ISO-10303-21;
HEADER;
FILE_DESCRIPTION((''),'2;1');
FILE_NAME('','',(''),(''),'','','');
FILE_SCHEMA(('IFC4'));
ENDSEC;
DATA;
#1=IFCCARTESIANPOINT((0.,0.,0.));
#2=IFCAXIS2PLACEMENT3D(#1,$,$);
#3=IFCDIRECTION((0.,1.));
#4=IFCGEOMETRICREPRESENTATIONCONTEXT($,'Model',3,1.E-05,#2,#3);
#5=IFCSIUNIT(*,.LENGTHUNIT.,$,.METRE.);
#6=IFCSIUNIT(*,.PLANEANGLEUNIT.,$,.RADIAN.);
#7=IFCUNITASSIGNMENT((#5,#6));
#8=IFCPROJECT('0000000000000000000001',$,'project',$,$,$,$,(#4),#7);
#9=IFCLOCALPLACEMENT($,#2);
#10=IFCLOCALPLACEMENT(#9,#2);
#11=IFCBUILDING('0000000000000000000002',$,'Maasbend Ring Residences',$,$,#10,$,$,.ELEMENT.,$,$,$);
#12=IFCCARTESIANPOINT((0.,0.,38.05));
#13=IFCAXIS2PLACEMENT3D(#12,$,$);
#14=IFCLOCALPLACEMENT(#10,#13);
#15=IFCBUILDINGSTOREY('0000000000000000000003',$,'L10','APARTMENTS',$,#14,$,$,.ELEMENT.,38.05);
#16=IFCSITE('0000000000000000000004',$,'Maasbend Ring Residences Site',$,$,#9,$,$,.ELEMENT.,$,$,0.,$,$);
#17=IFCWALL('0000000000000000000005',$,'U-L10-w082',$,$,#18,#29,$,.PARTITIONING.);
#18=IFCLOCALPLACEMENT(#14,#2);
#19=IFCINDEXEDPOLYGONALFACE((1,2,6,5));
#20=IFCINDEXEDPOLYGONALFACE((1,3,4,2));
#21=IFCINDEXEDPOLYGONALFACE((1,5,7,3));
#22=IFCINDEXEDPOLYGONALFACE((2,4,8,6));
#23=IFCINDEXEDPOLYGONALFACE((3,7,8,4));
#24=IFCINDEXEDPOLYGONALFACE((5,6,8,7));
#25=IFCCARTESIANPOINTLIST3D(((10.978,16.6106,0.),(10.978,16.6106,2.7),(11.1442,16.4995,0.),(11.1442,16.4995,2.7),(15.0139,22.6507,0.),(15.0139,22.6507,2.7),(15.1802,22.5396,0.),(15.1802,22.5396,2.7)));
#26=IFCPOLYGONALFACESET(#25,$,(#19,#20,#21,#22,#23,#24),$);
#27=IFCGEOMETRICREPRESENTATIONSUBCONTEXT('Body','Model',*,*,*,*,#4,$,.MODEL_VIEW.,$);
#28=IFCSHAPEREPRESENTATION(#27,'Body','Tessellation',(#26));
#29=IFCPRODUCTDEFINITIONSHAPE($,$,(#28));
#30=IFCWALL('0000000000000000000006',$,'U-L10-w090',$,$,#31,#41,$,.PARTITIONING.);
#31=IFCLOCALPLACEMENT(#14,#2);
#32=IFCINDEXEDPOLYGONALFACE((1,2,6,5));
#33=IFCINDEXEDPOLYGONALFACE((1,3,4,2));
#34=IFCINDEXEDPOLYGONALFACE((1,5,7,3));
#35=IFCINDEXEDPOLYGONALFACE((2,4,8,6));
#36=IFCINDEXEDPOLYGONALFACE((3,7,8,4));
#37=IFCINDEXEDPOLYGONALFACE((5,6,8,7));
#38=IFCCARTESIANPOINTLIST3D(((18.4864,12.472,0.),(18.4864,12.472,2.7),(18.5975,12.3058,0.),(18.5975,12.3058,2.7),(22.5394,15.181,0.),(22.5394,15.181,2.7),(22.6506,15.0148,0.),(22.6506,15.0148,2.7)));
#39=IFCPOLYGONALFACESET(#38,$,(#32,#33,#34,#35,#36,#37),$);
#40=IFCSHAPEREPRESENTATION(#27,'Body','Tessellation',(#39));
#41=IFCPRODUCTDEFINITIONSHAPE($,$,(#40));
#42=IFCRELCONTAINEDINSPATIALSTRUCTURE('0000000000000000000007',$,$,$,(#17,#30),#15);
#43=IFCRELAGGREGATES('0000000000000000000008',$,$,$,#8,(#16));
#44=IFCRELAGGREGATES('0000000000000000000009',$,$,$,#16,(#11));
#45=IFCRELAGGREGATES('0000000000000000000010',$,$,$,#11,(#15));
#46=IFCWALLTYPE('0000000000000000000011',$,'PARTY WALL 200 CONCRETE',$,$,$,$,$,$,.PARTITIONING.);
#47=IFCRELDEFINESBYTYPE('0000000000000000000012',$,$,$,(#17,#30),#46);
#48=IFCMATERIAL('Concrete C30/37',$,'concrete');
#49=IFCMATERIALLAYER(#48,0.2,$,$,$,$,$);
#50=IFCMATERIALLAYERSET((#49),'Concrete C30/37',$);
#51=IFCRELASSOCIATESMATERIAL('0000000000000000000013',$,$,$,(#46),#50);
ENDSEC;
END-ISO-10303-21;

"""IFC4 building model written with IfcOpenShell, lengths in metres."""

from ifc_helpers import new_model, si_unit, direction, frame, frame_2d, origin, place, context, subcontext, project, spatial, rectangle, extrude, material, layer, layer_set, type_object, element, save


model = new_model("IFC4")

# Units and contexts
model_context = context("Model", 3, precision=1e-05, world=origin(), true_north=direction((0.0, 1.0)))
body_context = subcontext(model_context, "Body", "Model", "MODEL_VIEW")
ifc_project = project(units=[si_unit("LENGTHUNIT", "METRE"), si_unit("PLANEANGLEUNIT", "RADIAN")], contexts=[model_context])

# Site, building, storey
site_placement = place(None, origin())
site = spatial("IfcSite", under=ifc_project, at=site_placement, Name="Maasbend Ring Residences Site", CompositionType="ELEMENT", RefElevation=0.0)
building_placement = place(site_placement, origin())
building = spatial("IfcBuilding", under=site, at=building_placement, Name="Maasbend Ring Residences", CompositionType="ELEMENT")
storey_placement = place(building_placement, frame((0.0, 0.0, 38.05)))
storey = spatial("IfcBuildingStorey", under=building, at=storey_placement, Name="L10", Description="APARTMENTS", CompositionType="ELEMENT", Elevation=38.05)

# Walls
ifc_material_1 = material(Name="Concrete C30/37", Category="concrete")
ifc_layer_1 = layer(ifc_material_1, 0.2)
ifc_layer_set_1 = layer_set([ifc_layer_1], Name="Concrete C30/37")
wall_type_1 = type_object("IfcWallType", Name="PARTY WALL 200 CONCRETE", PredefinedType="PARTITIONING", material=ifc_layer_set_1)
wall_1_placement = place(storey_placement, frame((11.061, 16.5549, 0.0), z_axis=(0.0, 0.0, 1.0), x_axis=(0.555576, 0.831466, 0.0)))
element("IfcWall", 1, at=wall_1_placement, inside=storey, type_object=wall_type_1, Name="U-L10-w082", PredefinedType="PARTITIONING", context=body_context, shape_type="SweptSolid", body=[
    extrude(rectangle(XDim=7.2644, YDim=0.2, at=frame_2d((3.6323, 0.0))), origin(), (0.0, 0.0, 1.0), 2.7),
])
wall_2_placement = place(storey_placement, frame((18.542, 12.3889, 0.0), z_axis=(0.0, 0.0, 1.0), x_axis=(0.831387, 0.555694, 0.0)))
element("IfcWall", 2, at=wall_2_placement, inside=storey, type_object=wall_type_1, Name="U-L10-w090", PredefinedType="PARTITIONING", context=body_context, shape_type="SweptSolid", body=[
    extrude(rectangle(XDim=4.875, YDim=0.2, at=frame_2d((2.4375, 0.0))), origin(), (0.0, 0.0, 1.0), 2.7),
])

save(model, "model.ifc")
